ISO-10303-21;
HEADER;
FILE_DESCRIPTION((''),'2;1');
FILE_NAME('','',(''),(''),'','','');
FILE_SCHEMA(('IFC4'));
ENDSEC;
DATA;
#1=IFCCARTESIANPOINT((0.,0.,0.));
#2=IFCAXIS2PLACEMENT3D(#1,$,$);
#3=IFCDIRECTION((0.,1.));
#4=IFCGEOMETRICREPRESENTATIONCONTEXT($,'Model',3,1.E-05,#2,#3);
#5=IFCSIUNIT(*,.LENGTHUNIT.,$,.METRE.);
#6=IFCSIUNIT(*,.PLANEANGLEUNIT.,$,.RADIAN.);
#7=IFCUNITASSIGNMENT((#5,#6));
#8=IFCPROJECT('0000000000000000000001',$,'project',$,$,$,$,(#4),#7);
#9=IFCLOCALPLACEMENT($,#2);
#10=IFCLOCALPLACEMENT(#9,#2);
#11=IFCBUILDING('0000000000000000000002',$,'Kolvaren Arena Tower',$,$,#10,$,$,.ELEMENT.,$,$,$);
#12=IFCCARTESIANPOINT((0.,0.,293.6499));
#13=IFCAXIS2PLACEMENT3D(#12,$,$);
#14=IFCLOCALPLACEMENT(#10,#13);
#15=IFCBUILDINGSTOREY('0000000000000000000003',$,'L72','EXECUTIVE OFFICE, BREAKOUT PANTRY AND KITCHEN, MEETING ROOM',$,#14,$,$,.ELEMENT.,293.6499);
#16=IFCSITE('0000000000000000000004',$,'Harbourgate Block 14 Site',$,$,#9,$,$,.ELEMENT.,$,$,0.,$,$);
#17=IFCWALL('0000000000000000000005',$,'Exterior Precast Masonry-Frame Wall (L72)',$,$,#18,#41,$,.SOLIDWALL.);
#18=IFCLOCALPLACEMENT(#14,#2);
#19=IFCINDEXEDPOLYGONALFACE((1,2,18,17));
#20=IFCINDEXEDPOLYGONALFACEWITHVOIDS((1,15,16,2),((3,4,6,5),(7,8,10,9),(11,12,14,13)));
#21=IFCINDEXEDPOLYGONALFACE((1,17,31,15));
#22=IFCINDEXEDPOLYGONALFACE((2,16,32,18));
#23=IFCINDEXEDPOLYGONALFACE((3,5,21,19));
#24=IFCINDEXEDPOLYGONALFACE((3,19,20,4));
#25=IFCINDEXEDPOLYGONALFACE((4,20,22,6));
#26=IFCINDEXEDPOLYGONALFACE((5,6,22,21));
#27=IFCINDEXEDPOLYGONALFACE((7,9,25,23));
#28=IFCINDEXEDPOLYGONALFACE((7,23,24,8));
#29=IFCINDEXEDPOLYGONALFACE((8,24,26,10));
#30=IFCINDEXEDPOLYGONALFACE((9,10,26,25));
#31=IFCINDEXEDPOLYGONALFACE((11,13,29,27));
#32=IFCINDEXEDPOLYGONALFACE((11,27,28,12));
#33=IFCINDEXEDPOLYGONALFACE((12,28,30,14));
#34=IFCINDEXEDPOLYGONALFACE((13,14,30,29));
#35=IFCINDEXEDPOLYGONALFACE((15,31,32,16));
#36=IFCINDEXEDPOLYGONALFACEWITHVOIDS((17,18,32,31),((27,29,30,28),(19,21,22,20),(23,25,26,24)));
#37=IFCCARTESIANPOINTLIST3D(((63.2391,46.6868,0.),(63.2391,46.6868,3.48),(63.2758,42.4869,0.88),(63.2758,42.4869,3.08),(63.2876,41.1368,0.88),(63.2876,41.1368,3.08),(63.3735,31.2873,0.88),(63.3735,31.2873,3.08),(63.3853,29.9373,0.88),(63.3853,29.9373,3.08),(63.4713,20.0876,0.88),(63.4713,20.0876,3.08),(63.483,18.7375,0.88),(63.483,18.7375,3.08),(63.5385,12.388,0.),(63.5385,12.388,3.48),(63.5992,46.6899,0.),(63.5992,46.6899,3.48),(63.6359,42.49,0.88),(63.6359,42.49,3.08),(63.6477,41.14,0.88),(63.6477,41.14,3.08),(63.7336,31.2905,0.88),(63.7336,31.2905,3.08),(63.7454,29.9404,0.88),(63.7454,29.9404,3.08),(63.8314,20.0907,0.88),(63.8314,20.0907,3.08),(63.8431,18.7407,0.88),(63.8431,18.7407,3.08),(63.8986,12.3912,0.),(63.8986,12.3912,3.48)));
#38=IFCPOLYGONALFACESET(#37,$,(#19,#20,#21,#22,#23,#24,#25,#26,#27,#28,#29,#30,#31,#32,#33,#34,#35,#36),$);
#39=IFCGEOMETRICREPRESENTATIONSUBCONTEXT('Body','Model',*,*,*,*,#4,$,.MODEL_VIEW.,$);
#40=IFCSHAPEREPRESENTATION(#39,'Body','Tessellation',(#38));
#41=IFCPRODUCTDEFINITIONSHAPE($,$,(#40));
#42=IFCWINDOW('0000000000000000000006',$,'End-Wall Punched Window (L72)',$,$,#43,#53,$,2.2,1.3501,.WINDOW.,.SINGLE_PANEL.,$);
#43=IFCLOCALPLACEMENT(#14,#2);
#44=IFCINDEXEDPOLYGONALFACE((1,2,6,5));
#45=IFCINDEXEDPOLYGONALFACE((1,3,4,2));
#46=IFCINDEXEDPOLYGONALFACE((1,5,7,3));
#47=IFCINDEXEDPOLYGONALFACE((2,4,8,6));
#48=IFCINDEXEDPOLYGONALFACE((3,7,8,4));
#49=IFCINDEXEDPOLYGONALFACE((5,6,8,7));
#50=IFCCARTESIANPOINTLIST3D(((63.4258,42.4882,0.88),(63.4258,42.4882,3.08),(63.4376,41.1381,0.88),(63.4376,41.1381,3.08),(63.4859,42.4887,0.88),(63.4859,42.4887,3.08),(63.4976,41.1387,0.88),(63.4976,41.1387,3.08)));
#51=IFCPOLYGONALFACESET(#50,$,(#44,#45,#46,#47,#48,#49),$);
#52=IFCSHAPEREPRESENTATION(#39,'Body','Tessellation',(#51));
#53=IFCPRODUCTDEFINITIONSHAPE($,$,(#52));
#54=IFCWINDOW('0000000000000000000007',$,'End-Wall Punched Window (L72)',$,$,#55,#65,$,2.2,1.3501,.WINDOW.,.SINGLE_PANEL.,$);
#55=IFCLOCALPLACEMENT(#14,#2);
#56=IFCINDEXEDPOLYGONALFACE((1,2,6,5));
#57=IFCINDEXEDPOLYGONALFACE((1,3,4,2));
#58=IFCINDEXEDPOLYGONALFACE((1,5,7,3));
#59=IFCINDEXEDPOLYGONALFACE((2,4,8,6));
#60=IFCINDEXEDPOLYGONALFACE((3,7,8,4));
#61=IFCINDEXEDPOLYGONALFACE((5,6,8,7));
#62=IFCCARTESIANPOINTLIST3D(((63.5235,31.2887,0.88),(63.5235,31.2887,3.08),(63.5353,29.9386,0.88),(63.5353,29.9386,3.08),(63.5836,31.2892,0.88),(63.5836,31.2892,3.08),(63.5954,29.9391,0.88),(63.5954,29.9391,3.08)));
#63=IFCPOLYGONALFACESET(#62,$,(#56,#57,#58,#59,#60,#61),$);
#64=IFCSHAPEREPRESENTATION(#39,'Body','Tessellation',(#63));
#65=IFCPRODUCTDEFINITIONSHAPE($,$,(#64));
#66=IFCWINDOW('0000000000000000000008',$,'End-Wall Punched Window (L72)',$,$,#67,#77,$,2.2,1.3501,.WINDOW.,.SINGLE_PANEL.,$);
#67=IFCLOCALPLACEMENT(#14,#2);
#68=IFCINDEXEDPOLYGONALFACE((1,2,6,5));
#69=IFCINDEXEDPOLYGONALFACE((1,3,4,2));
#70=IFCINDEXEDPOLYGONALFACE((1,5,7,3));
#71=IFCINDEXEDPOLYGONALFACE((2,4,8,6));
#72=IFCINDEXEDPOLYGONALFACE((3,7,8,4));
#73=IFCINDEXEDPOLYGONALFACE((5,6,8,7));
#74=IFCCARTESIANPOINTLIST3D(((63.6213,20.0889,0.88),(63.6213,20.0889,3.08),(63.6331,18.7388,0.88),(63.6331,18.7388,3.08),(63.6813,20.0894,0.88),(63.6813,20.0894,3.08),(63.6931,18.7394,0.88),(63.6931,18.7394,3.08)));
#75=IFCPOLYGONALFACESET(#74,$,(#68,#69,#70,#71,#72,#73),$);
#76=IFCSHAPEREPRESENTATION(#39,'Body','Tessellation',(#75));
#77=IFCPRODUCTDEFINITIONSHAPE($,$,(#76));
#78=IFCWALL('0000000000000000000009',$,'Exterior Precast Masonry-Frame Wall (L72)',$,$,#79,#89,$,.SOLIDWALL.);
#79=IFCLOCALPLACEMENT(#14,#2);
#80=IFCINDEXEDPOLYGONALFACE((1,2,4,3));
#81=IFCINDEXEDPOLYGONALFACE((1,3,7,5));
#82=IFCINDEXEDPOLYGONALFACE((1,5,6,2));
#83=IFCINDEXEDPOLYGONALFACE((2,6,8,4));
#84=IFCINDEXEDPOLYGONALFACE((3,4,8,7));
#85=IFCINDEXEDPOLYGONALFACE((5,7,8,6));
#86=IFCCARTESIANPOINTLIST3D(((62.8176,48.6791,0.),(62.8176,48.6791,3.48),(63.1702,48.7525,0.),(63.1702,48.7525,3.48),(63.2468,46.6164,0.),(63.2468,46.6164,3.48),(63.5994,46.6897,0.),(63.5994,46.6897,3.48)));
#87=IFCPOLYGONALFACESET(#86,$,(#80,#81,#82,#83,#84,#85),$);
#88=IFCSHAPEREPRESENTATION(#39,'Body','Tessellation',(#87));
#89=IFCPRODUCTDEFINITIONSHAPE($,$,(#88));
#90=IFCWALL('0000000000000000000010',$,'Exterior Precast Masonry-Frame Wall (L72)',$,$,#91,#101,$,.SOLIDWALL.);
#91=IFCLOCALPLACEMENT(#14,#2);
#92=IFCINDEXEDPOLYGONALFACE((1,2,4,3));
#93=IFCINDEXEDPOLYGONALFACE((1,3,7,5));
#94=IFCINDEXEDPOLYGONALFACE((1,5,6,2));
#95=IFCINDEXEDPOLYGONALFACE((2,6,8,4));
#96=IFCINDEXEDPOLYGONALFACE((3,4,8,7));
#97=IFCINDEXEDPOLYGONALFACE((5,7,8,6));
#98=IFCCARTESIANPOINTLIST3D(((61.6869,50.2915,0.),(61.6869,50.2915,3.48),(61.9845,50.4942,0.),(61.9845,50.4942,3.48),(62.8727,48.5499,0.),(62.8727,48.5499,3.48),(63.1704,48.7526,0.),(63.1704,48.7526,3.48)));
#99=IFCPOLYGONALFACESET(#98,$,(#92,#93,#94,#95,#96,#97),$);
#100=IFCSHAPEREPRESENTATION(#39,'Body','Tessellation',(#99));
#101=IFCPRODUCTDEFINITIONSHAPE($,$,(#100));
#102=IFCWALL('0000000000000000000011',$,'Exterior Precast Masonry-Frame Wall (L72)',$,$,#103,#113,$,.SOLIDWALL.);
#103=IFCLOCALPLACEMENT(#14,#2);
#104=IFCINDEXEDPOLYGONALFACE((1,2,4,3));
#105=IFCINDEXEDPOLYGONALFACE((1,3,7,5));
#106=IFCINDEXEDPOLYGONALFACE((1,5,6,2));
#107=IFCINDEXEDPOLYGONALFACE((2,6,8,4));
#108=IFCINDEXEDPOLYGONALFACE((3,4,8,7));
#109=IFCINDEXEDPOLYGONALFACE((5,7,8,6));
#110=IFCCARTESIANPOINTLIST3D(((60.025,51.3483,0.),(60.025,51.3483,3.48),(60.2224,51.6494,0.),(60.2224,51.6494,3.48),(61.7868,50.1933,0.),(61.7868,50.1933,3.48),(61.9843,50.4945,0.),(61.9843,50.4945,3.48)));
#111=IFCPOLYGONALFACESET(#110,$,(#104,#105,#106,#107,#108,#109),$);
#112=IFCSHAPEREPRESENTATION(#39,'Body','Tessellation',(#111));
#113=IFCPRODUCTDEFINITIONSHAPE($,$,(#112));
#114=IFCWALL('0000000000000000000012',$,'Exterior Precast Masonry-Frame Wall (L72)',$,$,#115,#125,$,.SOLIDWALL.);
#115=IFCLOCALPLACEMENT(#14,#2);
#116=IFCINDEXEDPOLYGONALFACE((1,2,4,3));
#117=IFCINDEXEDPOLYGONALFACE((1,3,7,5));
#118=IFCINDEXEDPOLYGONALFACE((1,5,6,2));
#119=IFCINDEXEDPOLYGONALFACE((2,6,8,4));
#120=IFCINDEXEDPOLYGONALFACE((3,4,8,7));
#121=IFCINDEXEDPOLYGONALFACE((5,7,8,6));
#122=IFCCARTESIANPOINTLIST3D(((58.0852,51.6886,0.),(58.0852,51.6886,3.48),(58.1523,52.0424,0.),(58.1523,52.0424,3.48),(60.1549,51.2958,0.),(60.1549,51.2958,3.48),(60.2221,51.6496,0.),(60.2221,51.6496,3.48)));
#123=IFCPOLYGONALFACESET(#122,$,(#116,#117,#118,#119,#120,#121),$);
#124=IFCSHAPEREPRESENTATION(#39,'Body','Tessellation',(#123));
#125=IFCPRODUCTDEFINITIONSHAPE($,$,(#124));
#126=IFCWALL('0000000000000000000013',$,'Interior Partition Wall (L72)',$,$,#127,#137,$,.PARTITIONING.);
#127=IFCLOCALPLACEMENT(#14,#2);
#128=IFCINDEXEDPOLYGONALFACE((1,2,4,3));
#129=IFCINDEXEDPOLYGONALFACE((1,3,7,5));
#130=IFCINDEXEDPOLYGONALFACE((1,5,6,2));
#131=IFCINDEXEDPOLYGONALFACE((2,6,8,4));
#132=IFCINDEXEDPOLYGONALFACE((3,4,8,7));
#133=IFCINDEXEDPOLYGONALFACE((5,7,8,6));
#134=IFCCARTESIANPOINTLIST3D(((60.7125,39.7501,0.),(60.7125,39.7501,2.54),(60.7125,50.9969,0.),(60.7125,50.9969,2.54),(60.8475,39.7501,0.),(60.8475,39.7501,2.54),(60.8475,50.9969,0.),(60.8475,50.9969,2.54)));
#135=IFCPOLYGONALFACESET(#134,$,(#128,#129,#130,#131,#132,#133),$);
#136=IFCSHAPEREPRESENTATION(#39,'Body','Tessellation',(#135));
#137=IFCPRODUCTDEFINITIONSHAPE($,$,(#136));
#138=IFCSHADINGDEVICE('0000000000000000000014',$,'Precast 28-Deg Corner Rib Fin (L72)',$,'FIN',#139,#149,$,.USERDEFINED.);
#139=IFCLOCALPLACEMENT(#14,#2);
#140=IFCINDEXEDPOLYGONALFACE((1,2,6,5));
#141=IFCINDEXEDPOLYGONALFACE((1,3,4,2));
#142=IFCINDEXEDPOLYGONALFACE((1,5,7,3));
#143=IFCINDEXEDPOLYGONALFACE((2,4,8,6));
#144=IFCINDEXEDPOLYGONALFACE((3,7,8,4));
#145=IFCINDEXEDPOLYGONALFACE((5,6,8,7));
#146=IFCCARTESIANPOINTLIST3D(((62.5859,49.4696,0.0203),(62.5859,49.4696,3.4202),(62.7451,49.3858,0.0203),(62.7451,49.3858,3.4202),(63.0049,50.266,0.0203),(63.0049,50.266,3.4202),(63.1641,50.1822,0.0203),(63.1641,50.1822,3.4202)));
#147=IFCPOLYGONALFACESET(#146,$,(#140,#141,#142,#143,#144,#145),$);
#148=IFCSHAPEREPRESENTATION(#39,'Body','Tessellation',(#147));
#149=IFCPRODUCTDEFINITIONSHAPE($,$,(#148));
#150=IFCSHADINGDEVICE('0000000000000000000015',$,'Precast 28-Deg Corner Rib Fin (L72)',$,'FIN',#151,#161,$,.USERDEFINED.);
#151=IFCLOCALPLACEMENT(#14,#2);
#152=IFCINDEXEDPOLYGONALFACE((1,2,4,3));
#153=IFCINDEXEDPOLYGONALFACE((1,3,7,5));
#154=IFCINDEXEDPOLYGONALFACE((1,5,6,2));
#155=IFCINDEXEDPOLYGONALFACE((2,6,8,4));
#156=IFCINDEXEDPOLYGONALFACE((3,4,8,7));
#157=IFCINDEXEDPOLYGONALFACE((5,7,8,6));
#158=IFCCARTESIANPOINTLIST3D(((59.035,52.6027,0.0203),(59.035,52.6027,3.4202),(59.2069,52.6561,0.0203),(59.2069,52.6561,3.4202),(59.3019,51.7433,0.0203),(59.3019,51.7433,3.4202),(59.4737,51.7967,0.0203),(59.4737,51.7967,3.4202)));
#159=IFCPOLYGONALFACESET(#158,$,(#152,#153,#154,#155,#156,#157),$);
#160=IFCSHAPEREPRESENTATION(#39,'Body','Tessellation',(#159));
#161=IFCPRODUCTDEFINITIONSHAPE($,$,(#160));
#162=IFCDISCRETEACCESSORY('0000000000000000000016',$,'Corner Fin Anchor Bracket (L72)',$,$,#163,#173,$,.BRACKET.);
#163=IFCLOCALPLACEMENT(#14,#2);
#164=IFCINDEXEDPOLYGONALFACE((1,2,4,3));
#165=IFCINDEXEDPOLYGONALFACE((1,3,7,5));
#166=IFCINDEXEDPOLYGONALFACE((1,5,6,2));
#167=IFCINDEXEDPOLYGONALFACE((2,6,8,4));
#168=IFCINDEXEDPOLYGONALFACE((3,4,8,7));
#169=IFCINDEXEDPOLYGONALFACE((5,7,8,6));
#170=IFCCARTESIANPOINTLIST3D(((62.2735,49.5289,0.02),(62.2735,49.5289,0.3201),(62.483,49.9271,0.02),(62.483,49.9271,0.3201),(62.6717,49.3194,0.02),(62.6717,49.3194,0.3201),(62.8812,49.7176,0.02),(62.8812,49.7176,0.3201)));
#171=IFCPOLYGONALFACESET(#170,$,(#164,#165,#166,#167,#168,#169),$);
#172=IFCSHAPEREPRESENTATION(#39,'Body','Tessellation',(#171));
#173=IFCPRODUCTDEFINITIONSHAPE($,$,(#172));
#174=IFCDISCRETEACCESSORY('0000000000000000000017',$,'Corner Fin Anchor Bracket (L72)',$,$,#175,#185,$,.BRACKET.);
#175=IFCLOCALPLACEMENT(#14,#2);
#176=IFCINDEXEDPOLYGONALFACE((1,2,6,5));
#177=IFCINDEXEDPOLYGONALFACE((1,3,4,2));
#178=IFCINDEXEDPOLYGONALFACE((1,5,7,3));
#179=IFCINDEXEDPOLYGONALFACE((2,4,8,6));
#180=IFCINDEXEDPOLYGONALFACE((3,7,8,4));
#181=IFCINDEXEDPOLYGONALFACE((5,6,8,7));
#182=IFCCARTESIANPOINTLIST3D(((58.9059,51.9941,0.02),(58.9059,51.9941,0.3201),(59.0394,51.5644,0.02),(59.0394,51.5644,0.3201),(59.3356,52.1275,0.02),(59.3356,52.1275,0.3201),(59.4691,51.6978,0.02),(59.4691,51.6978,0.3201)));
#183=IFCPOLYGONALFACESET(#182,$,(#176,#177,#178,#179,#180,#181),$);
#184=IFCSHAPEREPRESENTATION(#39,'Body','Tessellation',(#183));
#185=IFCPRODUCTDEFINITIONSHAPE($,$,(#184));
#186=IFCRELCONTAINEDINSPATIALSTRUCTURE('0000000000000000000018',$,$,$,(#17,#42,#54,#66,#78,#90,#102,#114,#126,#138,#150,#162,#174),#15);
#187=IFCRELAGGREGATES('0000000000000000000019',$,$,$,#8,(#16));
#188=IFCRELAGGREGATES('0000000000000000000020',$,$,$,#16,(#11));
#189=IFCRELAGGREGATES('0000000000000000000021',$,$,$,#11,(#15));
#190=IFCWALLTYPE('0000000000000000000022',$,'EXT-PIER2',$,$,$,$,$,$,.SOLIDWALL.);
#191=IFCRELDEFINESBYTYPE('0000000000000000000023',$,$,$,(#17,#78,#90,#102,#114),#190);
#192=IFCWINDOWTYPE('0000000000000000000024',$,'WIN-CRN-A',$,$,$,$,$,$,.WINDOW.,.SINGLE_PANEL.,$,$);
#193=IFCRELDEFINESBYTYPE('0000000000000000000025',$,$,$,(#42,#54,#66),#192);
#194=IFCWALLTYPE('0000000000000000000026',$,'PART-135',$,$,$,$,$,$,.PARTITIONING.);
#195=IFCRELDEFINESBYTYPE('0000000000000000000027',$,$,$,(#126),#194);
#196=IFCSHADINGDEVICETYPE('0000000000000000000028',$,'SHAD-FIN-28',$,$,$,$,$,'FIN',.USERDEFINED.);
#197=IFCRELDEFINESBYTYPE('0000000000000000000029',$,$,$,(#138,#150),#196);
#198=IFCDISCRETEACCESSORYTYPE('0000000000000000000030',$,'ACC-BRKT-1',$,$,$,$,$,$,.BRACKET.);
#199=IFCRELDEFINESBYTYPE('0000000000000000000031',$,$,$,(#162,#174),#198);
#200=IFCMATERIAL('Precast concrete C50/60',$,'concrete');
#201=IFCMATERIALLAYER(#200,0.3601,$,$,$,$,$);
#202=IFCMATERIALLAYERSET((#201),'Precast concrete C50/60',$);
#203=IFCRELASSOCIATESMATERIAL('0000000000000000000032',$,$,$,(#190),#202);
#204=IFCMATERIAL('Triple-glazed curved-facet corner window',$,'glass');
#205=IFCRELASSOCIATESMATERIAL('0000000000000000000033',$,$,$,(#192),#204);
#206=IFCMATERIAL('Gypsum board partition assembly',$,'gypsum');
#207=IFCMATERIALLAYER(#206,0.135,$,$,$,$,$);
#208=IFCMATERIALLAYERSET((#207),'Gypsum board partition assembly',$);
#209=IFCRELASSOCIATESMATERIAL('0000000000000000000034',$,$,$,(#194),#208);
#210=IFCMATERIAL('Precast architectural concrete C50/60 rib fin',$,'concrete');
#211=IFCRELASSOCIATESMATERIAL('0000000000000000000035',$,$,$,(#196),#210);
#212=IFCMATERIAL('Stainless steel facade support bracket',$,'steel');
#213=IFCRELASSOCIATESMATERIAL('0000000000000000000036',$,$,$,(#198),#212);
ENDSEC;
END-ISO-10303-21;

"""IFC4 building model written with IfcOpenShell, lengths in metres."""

from ifc_helpers import new_model, si_unit, direction, frame, frame_2d, origin, origin_2d, place, context, subcontext, project, spatial, rectangle, extrude, material, layer, layer_set, type_object, element, fill, save


model = new_model("IFC4")

# Units and contexts
model_context = context("Model", 3, precision=1e-05, world=origin(), true_north=direction((0.0, 1.0)))
body_context = subcontext(model_context, "Body", "Model", "MODEL_VIEW")
ifc_project = project(units=[si_unit("LENGTHUNIT", "METRE"), si_unit("PLANEANGLEUNIT", "RADIAN")], contexts=[model_context])

# Site, building, storey
site_placement = place(None, origin())
site = spatial("IfcSite", under=ifc_project, at=site_placement, Name="Harbourgate Block 14 Site", CompositionType="ELEMENT", RefElevation=0.0)
building_placement = place(site_placement, origin())
building = spatial("IfcBuilding", under=site, at=building_placement, Name="Kolvaren Arena Tower", CompositionType="ELEMENT")
storey_placement = place(building_placement, frame((0.0, 0.0, 293.6499)))
storey = spatial("IfcBuildingStorey", under=building, at=storey_placement, Name="L72", Description="EXECUTIVE OFFICE, BREAKOUT PANTRY AND KITCHEN, MEETING ROOM", CompositionType="ELEMENT", Elevation=293.6499)

# Shared definitions
ifc_material_1 = material(Name="Precast concrete C50/60", Category="concrete")

# Wall, openings, windows
ifc_layer_1 = layer(ifc_material_1, 0.3601)
ifc_layer_set_1 = layer_set([ifc_layer_1], Name="Precast concrete C50/60")
wall_type_1 = type_object("IfcWallType", Name="EXT-PIER2", PredefinedType="SOLIDWALL", material=ifc_layer_set_1)
wall_1_placement = place(storey_placement, frame((63.4192, 46.6882, 0.0), z_axis=(0.0, 0.0, 1.0), x_axis=(0.008726, -0.999962, 0.0)))
wall_1 = element("IfcWall", 1, at=wall_1_placement, inside=storey, type_object=wall_type_1, Name="Exterior Precast Masonry-Frame Wall (L72)", PredefinedType="SOLIDWALL", context=body_context, shape_type="SweptSolid", body=[
    extrude(rectangle(XDim=34.3, YDim=0.3601, at=frame_2d((17.1499, 0.0))), origin(), (0.0, 0.0, 1.0), 3.48),
])
opening_1_placement = place(wall_1_placement, frame((4.2, 0.0, 0.8799)))
opening_1 = element("IfcOpeningElement", 2, at=opening_1_placement, cuts=wall_1, PredefinedType="OPENING", context=body_context, shape_type="SweptSolid", body=[
    extrude(rectangle(XDim=1.3501, YDim=2.2, at=frame_2d((0.675, 1.1001))), frame((0.0, 0.1899, 0.0), z_axis=(0.0, -1.0, 0.0), x_axis=(1.0, 0.0, 0.0)), (0.0, 0.0, 1.0), 0.3801),
])
opening_2_placement = place(wall_1_placement, frame((15.3999, 0.0, 0.8799)))
opening_2 = element("IfcOpeningElement", 3, at=opening_2_placement, cuts=wall_1, PredefinedType="OPENING", context=body_context, shape_type="SweptSolid", body=[
    extrude(rectangle(XDim=1.3501, YDim=2.2, at=frame_2d((0.675, 1.1001))), frame((0.0, 0.1899, 0.0), z_axis=(0.0, -1.0, 0.0), x_axis=(1.0, 0.0, 0.0)), (0.0, 0.0, 1.0), 0.3801),
])
opening_3_placement = place(wall_1_placement, frame((26.6001, 0.0, 0.8799)))
opening_3 = element("IfcOpeningElement", 4, at=opening_3_placement, cuts=wall_1, PredefinedType="OPENING", context=body_context, shape_type="SweptSolid", body=[
    extrude(rectangle(XDim=1.3501, YDim=2.2, at=frame_2d((0.675, 1.1001))), frame((0.0, 0.1899, 0.0), z_axis=(0.0, -1.0, 0.0), x_axis=(1.0, 0.0, 0.0)), (0.0, 0.0, 1.0), 0.3801),
])
ifc_material_2 = material(Name="Triple-glazed curved-facet corner window", Category="glass")
window_type = type_object("IfcWindowType", Name="WIN-CRN-A", PartitioningType="SINGLE_PANEL", PredefinedType="WINDOW", material=ifc_material_2)
window_1_placement = place(opening_1_placement, origin())
window_1 = element("IfcWindow", 5, at=window_1_placement, inside=storey, type_object=window_type, Name="End-Wall Punched Window (L72)", OverallHeight=2.2, OverallWidth=1.3501, PartitioningType="SINGLE_PANEL", PredefinedType="WINDOW", context=body_context, shape_type="SweptSolid", body=[
    extrude(rectangle(XDim=1.3501, YDim=2.2, at=frame_2d((0.675, 1.1001))), frame((0.0, 0.03, 0.0), z_axis=(0.0, -1.0, 0.0), x_axis=(1.0, 0.0, 0.0)), (0.0, 0.0, 1.0), 0.0601),
])
fill(opening_1, window_1)
window_2_placement = place(opening_2_placement, origin())
window_2 = element("IfcWindow", 6, at=window_2_placement, inside=storey, type_object=window_type, Name="End-Wall Punched Window (L72)", OverallHeight=2.2, OverallWidth=1.3501, PartitioningType="SINGLE_PANEL", PredefinedType="WINDOW", context=body_context, shape_type="SweptSolid", body=[
    extrude(rectangle(XDim=1.3501, YDim=2.2, at=frame_2d((0.675, 1.1001))), frame((0.0, 0.03, 0.0), z_axis=(0.0, -1.0, 0.0), x_axis=(1.0, 0.0, 0.0)), (0.0, 0.0, 1.0), 0.0601),
])
fill(opening_2, window_2)
window_3_placement = place(opening_3_placement, origin())
window_3 = element("IfcWindow", 7, at=window_3_placement, inside=storey, type_object=window_type, Name="End-Wall Punched Window (L72)", OverallHeight=2.2, OverallWidth=1.3501, PartitioningType="SINGLE_PANEL", PredefinedType="WINDOW", context=body_context, shape_type="SweptSolid", body=[
    extrude(rectangle(XDim=1.3501, YDim=2.2, at=frame_2d((0.675, 1.1001))), frame((0.0, 0.03, 0.0), z_axis=(0.0, -1.0, 0.0), x_axis=(1.0, 0.0, 0.0)), (0.0, 0.0, 1.0), 0.0601),
])
fill(opening_3, window_3)

# Walls
for number, where, z_axis, x_axis, name in (
    (8, (62.9939, 48.7158, 0.0), (0.0, 0.0, 1.0), (0.203709, -0.979031, 0.0), "Exterior Precast Masonry-Frame Wall (L72)"),
    (9, (61.8357, 50.3928, 0.0), (0.0, 0.0, 1.0), (0.56283, -0.826573, 0.0), "Exterior Precast Masonry-Frame Wall (L72)"),
):
    element("IfcWall", number, at=place(storey_placement, frame(where, z_axis=z_axis, x_axis=x_axis)), inside=storey, type_object=wall_type_1, Name=name, PredefinedType="SOLIDWALL", context=body_context, shape_type="SweptSolid", body=[
        extrude(rectangle(XDim=2.1069, YDim=0.3601, at=frame_2d((1.0535, 0.0))), origin(), (0.0, 0.0, 1.0), 3.48),
    ])
for number, where, z_axis, x_axis, name in (
    (10, (60.1238, 51.4988, 0.0), (0.0, 0.0, 1.0), (0.836322, -0.548239, 0.0), "Exterior Precast Masonry-Frame Wall (L72)"),
    (11, (58.1189, 51.8655, 0.0), (0.0, 0.0, 1.0), (0.982463, -0.186457, 0.0), "Exterior Precast Masonry-Frame Wall (L72)"),
):
    element("IfcWall", number, at=place(storey_placement, frame(where, z_axis=z_axis, x_axis=x_axis)), inside=storey, type_object=wall_type_1, Name=name, PredefinedType="SOLIDWALL", context=body_context, shape_type="SweptSolid", body=[
        extrude(rectangle(XDim=2.1067, YDim=0.3601, at=frame_2d((1.0532, 0.0))), origin(), (0.0, 0.0, 1.0), 3.48),
    ])
ifc_material_3 = material(Name="Gypsum board partition assembly", Category="gypsum")
ifc_layer_2 = layer(ifc_material_3, 0.135)
ifc_layer_set_2 = layer_set([ifc_layer_2], Name="Gypsum board partition assembly")
wall_type_2 = type_object("IfcWallType", Name="PART-135", PredefinedType="PARTITIONING", material=ifc_layer_set_2)
wall_2_placement = place(storey_placement, frame((60.78, 39.75, 0.0), z_axis=(0.0, 0.0, 1.0), x_axis=(0.0, 1.0, 0.0)))
element("IfcWall", 12, at=wall_2_placement, inside=storey, type_object=wall_type_2, Name="Interior Partition Wall (L72)", PredefinedType="PARTITIONING", context=body_context, shape_type="SweptSolid", body=[
    extrude(rectangle(XDim=11.2468, YDim=0.135, at=frame_2d((5.6235, 0.0))), origin(), (0.0, 0.0, 1.0), 2.54),
])

# Shading devices
ifc_material_4 = material(Name="Precast architectural concrete C50/60 rib fin", Category="concrete")
shading_device_type = type_object("IfcShadingDeviceType", Name="SHAD-FIN-28", ElementType="FIN", PredefinedType="USERDEFINED", material=ifc_material_4)
for number, where, z_axis, x_axis, name in (
    (13, (62.875, 49.8259, 0.0203), (0.0, 0.0, 1.0), (0.465619, 0.884985, 0.0), "Precast 28-Deg Corner Rib Fin (L72)"),
    (14, (59.2544, 52.1997, 0.0203), (0.0, 0.0, 1.0), (-0.296542, 0.95502, 0.0), "Precast 28-Deg Corner Rib Fin (L72)"),
):
    element("IfcShadingDevice", number, at=place(storey_placement, frame(where, z_axis=z_axis, x_axis=x_axis)), inside=storey, type_object=shading_device_type, Name=name, ObjectType="FIN", PredefinedType="USERDEFINED", context=body_context, shape_type="SweptSolid", body=[
        extrude(rectangle(XDim=0.8999, YDim=0.1799, at=origin_2d()), origin(), (0.0, 0.0, 1.0), 3.3999),
    ])

# Discrete accessories
ifc_material_5 = material(Name="Stainless steel facade support bracket", Category="steel")
discrete_accessory_type = type_object("IfcDiscreteAccessoryType", Name="ACC-BRKT-1", PredefinedType="BRACKET", material=ifc_material_5)
for number, where, z_axis, x_axis, name in (
    (15, (62.5774, 49.6233, 0.02), (0.0, 0.0, 1.0), (0.465619, 0.884985, 0.0), "Corner Fin Anchor Bracket (L72)"),
    (16, (59.1875, 51.8459, 0.02), (0.0, 0.0, 1.0), (-0.296542, 0.95502, 0.0), "Corner Fin Anchor Bracket (L72)"),
):
    element("IfcDiscreteAccessory", number, at=place(storey_placement, frame(where, z_axis=z_axis, x_axis=x_axis)), inside=storey, type_object=discrete_accessory_type, Name=name, PredefinedType="BRACKET", context=body_context, shape_type="SweptSolid", body=[
        extrude(rectangle(XDim=0.45, YDim=0.45, at=origin_2d()), origin(), (0.0, 0.0, 1.0), 0.3),
    ])

save(model, "model.ifc")
